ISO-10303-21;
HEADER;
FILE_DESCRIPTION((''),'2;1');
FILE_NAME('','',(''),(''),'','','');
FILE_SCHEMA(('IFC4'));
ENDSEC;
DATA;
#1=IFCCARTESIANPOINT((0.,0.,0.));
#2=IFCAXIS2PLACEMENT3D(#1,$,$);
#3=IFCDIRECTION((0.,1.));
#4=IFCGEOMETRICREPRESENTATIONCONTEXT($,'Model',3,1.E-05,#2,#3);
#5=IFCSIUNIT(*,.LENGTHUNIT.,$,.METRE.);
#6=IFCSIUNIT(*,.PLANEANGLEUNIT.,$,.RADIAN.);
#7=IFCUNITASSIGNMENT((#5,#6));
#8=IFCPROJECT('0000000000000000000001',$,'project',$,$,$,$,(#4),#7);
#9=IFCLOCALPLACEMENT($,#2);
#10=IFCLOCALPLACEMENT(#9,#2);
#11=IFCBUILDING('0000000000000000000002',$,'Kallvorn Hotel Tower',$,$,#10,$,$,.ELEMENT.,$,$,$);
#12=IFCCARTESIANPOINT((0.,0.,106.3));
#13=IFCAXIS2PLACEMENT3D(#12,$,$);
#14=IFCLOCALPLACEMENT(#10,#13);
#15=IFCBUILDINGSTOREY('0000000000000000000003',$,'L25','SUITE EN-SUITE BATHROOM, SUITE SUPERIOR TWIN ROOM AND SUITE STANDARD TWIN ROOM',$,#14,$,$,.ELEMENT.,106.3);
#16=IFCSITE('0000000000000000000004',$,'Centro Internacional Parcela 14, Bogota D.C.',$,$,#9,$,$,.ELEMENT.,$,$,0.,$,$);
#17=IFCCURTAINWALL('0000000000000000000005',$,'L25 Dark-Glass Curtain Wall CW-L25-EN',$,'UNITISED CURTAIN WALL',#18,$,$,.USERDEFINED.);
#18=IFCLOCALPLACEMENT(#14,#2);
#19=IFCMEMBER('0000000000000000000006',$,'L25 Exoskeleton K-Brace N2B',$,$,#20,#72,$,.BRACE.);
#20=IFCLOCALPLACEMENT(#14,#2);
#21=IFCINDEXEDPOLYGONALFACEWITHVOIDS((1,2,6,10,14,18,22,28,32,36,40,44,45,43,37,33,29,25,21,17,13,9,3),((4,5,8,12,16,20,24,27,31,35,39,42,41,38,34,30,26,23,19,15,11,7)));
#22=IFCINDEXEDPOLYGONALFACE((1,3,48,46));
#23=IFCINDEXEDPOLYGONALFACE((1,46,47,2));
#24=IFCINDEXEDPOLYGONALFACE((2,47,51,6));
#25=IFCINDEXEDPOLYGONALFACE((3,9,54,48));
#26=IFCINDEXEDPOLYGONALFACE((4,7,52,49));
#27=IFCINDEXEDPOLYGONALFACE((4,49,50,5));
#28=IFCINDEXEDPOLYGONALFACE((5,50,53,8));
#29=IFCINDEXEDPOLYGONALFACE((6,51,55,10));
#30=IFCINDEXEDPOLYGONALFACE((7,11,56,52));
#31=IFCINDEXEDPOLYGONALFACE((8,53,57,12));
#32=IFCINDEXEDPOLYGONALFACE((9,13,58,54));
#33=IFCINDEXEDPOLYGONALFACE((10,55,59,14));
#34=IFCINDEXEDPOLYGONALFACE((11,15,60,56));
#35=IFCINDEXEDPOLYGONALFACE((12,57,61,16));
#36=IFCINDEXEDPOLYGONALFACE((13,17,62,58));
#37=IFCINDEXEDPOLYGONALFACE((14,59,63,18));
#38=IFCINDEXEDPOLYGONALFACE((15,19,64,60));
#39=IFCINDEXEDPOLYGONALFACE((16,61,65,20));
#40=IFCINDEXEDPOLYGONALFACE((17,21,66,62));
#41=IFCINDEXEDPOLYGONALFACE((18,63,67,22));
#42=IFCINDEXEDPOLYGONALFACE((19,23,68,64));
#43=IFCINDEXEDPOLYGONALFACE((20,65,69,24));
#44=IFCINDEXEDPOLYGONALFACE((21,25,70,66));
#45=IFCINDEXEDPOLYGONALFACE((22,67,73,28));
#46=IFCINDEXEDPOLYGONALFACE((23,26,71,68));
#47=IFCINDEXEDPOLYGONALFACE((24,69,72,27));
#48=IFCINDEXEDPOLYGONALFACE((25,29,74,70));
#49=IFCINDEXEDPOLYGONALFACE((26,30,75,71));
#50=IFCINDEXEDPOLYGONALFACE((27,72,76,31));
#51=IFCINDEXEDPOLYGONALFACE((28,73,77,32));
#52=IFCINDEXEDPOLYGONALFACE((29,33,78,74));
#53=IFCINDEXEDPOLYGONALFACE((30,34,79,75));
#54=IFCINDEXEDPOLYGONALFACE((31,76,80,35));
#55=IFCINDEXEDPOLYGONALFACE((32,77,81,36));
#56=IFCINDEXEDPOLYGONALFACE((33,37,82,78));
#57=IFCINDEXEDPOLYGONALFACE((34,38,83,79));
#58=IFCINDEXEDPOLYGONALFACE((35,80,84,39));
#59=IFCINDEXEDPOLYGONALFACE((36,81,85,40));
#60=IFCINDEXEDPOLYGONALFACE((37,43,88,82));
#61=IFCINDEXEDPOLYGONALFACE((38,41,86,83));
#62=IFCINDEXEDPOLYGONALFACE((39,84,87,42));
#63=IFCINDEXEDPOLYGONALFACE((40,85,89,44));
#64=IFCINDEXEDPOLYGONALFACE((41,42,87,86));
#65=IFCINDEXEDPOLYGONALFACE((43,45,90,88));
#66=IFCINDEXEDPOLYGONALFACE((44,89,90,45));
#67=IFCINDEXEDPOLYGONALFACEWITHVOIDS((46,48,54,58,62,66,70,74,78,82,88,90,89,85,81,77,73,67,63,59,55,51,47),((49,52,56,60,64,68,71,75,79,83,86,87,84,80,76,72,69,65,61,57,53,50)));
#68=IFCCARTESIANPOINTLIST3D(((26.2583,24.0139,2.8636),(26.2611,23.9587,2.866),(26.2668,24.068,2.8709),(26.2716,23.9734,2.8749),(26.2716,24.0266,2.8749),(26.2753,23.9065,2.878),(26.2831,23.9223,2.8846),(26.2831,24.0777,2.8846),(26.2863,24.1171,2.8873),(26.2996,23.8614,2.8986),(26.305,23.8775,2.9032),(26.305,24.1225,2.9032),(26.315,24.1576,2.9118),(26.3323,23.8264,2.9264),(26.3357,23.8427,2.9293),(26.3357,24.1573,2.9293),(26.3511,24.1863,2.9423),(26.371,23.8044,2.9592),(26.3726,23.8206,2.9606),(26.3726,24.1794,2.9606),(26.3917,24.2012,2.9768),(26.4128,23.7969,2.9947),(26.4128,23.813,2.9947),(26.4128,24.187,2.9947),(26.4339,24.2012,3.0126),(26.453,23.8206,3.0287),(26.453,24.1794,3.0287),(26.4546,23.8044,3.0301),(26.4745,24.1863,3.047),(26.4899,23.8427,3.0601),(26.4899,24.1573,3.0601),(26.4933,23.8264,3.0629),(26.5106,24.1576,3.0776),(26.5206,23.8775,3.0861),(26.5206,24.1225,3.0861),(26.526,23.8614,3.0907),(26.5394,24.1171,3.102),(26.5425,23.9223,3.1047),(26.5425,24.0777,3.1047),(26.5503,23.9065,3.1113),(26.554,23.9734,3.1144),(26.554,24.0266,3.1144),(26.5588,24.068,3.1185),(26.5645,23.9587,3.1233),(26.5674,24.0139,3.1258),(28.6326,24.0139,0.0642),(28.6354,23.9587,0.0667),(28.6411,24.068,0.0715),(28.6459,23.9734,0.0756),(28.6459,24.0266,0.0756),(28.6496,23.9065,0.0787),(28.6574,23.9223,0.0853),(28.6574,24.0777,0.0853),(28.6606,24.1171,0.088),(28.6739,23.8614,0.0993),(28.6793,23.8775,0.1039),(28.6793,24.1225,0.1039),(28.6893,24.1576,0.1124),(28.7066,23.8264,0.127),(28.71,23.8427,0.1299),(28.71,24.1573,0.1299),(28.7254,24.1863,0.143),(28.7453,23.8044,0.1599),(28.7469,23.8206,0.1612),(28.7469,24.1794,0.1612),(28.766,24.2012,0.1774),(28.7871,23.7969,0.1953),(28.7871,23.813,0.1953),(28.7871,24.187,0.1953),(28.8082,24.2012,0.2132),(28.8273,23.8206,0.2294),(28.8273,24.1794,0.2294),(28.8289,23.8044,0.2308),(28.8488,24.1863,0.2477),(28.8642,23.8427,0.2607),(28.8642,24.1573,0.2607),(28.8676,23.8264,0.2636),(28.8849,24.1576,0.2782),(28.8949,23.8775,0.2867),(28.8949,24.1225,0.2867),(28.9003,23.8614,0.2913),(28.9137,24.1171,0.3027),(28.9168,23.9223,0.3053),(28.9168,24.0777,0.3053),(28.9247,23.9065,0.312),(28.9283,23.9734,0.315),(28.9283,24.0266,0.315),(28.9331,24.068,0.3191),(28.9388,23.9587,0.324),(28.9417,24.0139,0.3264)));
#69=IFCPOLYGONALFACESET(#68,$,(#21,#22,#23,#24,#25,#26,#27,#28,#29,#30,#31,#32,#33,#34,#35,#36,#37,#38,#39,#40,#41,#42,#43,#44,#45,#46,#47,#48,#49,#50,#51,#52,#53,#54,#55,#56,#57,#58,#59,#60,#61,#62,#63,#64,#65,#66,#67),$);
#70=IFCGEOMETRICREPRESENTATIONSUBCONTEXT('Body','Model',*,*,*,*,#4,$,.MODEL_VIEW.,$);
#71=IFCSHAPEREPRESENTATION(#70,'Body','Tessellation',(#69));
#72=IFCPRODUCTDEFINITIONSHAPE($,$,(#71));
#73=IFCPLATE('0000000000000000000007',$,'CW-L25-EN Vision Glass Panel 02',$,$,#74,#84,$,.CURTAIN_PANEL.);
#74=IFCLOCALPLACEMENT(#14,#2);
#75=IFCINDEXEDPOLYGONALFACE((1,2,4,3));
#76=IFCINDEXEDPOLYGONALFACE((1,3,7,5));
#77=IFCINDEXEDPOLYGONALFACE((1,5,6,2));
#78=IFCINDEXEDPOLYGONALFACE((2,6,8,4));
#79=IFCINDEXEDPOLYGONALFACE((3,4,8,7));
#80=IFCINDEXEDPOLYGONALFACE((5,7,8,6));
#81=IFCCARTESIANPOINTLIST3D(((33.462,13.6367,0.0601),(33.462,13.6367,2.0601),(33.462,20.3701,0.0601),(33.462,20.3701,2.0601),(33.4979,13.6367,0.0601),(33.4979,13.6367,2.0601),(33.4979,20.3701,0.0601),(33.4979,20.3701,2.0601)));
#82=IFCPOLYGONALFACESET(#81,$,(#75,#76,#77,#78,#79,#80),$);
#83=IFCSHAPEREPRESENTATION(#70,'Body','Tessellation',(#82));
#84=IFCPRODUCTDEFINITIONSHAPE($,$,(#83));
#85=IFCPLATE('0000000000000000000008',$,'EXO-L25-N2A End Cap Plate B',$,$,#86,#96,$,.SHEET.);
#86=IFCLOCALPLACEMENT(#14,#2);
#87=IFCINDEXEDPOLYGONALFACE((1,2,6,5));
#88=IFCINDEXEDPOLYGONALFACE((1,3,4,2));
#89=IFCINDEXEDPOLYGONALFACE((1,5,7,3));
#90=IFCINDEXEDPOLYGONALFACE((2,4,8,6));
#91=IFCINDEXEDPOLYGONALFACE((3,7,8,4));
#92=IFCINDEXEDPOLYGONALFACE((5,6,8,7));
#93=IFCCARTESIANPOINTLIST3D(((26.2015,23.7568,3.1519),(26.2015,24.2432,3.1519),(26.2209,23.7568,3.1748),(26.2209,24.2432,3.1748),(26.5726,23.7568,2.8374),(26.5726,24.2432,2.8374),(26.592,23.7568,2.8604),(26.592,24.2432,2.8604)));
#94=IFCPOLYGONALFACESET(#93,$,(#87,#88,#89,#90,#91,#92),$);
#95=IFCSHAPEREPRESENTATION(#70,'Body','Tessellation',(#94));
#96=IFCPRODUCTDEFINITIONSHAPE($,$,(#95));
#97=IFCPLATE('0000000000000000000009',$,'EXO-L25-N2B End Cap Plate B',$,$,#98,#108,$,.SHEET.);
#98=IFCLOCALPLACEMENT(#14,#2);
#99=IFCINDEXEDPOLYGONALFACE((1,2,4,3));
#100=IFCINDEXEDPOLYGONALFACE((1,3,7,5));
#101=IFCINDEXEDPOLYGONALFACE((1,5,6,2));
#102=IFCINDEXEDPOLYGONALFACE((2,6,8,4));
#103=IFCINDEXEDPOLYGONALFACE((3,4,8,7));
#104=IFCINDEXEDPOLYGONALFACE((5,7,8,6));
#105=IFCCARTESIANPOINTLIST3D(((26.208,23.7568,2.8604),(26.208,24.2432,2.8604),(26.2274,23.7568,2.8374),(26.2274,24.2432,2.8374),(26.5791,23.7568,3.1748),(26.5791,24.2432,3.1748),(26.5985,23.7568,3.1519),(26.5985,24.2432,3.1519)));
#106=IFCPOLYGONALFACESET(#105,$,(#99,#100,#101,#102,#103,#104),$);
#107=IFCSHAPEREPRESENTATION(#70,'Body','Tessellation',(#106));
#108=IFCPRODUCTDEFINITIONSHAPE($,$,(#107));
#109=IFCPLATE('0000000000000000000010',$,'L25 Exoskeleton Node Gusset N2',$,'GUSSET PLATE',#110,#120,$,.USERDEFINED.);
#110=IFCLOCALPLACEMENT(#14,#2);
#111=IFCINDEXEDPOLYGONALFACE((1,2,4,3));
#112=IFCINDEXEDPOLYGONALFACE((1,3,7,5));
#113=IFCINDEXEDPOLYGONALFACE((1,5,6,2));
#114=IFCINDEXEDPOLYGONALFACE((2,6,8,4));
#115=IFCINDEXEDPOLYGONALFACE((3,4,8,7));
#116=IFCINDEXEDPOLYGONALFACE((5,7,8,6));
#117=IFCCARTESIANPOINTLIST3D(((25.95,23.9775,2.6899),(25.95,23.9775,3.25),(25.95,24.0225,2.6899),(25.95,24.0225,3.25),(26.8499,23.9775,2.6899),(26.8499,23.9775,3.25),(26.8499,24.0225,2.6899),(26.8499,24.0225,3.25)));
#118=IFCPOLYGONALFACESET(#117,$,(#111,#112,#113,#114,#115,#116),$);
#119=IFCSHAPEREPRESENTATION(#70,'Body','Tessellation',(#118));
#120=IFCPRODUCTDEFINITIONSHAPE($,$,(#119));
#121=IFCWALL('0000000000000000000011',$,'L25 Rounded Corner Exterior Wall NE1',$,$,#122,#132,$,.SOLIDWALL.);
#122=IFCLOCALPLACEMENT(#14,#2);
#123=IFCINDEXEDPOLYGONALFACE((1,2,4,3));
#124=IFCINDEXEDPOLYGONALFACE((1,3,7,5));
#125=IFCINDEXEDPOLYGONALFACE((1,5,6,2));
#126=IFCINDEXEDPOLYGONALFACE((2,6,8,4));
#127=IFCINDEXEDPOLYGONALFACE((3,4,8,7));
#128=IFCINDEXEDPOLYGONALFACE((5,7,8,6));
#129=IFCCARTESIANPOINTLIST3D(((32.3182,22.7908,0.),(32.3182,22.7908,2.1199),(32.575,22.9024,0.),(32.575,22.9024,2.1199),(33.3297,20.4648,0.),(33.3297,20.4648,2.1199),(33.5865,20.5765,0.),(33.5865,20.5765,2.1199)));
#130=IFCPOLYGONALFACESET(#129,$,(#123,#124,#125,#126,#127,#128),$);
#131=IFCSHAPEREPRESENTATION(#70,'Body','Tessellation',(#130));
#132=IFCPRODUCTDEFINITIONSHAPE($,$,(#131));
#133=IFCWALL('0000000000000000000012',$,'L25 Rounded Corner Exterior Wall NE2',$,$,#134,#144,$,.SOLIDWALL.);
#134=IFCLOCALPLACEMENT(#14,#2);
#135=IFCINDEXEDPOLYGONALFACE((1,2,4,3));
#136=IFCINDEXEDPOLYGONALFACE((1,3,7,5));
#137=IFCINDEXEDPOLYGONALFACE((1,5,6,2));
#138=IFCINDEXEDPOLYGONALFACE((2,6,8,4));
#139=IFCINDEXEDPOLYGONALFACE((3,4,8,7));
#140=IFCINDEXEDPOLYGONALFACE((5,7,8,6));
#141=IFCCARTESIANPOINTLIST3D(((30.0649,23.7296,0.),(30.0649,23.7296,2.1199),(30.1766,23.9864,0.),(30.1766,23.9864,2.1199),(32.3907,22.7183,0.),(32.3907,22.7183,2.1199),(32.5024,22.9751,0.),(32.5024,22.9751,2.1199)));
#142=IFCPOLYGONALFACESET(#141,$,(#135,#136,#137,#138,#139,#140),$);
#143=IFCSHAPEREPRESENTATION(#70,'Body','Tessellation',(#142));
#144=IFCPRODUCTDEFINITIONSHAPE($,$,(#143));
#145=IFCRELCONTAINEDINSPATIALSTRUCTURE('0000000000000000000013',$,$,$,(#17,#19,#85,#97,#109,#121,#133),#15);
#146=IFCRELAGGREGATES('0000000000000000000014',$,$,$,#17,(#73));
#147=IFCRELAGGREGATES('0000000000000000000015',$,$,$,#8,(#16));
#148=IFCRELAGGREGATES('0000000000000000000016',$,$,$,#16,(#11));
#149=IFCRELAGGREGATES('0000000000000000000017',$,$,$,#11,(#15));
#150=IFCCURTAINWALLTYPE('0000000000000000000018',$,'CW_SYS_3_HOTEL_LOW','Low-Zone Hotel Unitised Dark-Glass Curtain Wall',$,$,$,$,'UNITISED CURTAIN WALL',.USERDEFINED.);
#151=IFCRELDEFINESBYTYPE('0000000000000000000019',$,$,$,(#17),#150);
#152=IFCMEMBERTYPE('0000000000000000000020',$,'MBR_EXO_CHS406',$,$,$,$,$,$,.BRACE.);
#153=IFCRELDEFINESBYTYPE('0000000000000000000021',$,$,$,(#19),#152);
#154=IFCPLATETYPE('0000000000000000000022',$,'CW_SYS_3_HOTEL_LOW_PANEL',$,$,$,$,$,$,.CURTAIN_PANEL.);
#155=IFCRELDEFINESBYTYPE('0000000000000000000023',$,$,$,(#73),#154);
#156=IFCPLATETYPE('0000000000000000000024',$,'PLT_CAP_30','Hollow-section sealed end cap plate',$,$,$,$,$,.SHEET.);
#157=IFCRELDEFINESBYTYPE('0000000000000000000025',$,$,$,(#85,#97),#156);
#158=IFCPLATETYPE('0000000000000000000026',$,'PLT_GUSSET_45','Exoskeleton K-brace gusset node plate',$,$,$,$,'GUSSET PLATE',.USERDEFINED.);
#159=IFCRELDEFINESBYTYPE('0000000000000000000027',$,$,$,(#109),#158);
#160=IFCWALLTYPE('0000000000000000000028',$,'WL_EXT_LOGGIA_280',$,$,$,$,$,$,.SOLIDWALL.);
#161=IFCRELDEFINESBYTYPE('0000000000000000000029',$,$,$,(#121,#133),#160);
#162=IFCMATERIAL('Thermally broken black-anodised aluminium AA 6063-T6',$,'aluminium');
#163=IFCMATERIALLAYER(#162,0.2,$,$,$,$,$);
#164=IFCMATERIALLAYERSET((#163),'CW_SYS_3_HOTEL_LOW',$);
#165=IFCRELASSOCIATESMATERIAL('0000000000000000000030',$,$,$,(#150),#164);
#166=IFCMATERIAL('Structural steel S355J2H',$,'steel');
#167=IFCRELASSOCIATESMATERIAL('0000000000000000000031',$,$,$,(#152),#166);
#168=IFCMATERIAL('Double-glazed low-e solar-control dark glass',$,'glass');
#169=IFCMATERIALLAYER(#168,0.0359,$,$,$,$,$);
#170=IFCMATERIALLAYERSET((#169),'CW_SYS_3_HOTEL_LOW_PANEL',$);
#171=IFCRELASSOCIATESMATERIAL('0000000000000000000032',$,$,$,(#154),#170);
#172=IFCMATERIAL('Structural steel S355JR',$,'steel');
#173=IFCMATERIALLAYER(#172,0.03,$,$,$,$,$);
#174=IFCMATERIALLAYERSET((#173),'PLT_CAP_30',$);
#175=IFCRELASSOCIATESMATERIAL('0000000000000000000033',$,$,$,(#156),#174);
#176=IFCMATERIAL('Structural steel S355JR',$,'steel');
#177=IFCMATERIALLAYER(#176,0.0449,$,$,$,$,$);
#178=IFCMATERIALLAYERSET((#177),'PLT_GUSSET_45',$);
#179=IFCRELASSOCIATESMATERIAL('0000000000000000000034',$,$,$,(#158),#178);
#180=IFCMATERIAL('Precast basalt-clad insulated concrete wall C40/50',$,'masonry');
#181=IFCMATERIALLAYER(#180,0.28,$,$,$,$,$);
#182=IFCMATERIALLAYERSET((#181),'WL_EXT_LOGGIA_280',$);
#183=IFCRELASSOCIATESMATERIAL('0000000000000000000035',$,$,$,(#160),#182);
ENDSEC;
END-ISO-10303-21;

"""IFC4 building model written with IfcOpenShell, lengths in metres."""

from ifc_helpers import new_model, si_unit, direction, frame, frame_2d, origin, origin_2d, place, context, subcontext, project, spatial, polyline, rectangle, hollow_circle, outline, extrude, material, layer, layer_set, material_profile, profile_set, type_object, element, aggregate, save


model = new_model("IFC4")

# Units and contexts
model_context = context("Model", 3, precision=1e-05, world=origin(), true_north=direction((0.0, 1.0)))
body_context = subcontext(model_context, "Body", "Model", "MODEL_VIEW")
ifc_project = project(units=[si_unit("LENGTHUNIT", "METRE"), si_unit("PLANEANGLEUNIT", "RADIAN")], contexts=[model_context])

# Site, building, storey
site_placement = place(None, origin())
site = spatial("IfcSite", under=ifc_project, at=site_placement, Name="Centro Internacional Parcela 14, Bogota D.C.", CompositionType="ELEMENT", RefElevation=0.0)
building_placement = place(site_placement, origin())
building = spatial("IfcBuilding", under=site, at=building_placement, Name="Kallvorn Hotel Tower", CompositionType="ELEMENT")
storey_placement = place(building_placement, frame((0.0, 0.0, 106.3)))
storey = spatial("IfcBuildingStorey", under=building, at=storey_placement, Name="L25", Description="SUITE EN-SUITE BATHROOM, SUITE SUPERIOR TWIN ROOM AND SUITE STANDARD TWIN ROOM", CompositionType="ELEMENT", Elevation=106.3)

# Curtain wall
ifc_material_1 = material(Name="Thermally broken black-anodised aluminium AA 6063-T6", Category="aluminium")
ifc_layer_1 = layer(ifc_material_1, 0.2)
ifc_layer_set_1 = layer_set([ifc_layer_1], Name="CW_SYS_3_HOTEL_LOW")
curtain_wall_type = type_object("IfcCurtainWallType", Name="CW_SYS_3_HOTEL_LOW", Description="Low-Zone Hotel Unitised Dark-Glass Curtain Wall", ElementType="UNITISED CURTAIN WALL", PredefinedType="USERDEFINED", material=ifc_layer_set_1)
curtain_wall_placement = place(storey_placement, origin())
curtain_wall = element("IfcCurtainWall", 1, at=curtain_wall_placement, inside=storey, type_object=curtain_wall_type, Name="L25 Dark-Glass Curtain Wall CW-L25-EN", ObjectType="UNITISED CURTAIN WALL", PredefinedType="USERDEFINED")

# Member
ifc_material_2 = material(Name="Structural steel S355J2H", Category="steel")
ifc_material_profile_1 = material_profile(ifc_material_2, hollow_circle(Radius=0.2031, WallThickness=0.0161, at=origin_2d()), Name="CHS 406.4x16")
ifc_profile_set_1 = profile_set([ifc_material_profile_1], Name="Structural steel S355J2H")
member_type_1 = type_object("IfcMemberType", Name="MBR_EXO_CHS406", PredefinedType="BRACE", material=ifc_profile_set_1)
for number, where, z_axis, x_axis, name in (
    (2, (28.7871, 24.0, 0.1953), (-0.646833, 0.0, 0.762631), (0.0, -1.0, 0.0), "L25 Exoskeleton K-Brace N2B"),
):
    element("IfcMember", number, at=place(storey_placement, frame(where, z_axis=z_axis, x_axis=x_axis)), inside=storey, type_object=member_type_1, Name=name, PredefinedType="BRACE", context=body_context, shape_type="SweptSolid", body=[
        extrude(hollow_circle(Radius=0.2031, WallThickness=0.0161, at=origin_2d()), origin(), (0.0, 0.0, 1.0), 3.6707),
    ])

# Plate
ifc_material_3 = material(Name="Double-glazed low-e solar-control dark glass", Category="glass")
ifc_layer_2 = layer(ifc_material_3, 0.0359)
ifc_layer_set_2 = layer_set([ifc_layer_2], Name="CW_SYS_3_HOTEL_LOW_PANEL")
plate_type_1 = type_object("IfcPlateType", Name="CW_SYS_3_HOTEL_LOW_PANEL", PredefinedType="CURTAIN_PANEL", material=ifc_layer_set_2)
plate_1_placement = place(storey_placement, frame((33.48, 17.0034, 0.0601), z_axis=(0.0, 0.0, 1.0), x_axis=(0.0, 1.0, 0.0)))
plate_1 = element("IfcPlate", 3, at=plate_1_placement, type_object=plate_type_1, Name="CW-L25-EN Vision Glass Panel 02", PredefinedType="CURTAIN_PANEL", context=body_context, shape_type="SweptSolid", body=[
    extrude(rectangle(XDim=6.7334, YDim=0.0359, at=origin_2d()), origin(), (0.0, 0.0, 1.0), 2.0),
])
aggregate(curtain_wall, [plate_1])

# Plates
ifc_material_4 = material(Name="Structural steel S355JR", Category="steel")
ifc_layer_3 = layer(ifc_material_4, 0.03)
ifc_layer_set_3 = layer_set([ifc_layer_3], Name="PLT_CAP_30")
plate_type_2 = type_object("IfcPlateType", Name="PLT_CAP_30", Description="Hollow-section sealed end cap plate", PredefinedType="SHEET", material=ifc_layer_set_3)
for number, where, z_axis, x_axis, name in (
    (4, (26.592, 23.7568, 2.8604), (0.646482, 0.0, 0.762929), (0.0, 1.0, 0.0), "EXO-L25-N2A End Cap Plate B"),
    (5, (26.208, 24.2432, 2.8604), (-0.646482, 0.0, 0.762929), (0.0, -1.0, 0.0), "EXO-L25-N2B End Cap Plate B"),
):
    element("IfcPlate", number, at=place(storey_placement, frame(where, z_axis=z_axis, x_axis=x_axis)), inside=storey, type_object=plate_type_2, Name=name, PredefinedType="SHEET", context=body_context, shape_type="SweptSolid", body=[
        extrude(outline(polyline([(0.0, 0.0), (0.4863, 0.0), (0.4863, 0.4864), (0.0, 0.4864), (0.0, 0.0)])), origin(), (0.0, 0.0, -1.0), 0.03),
    ])
ifc_material_5 = material(Name="Structural steel S355JR", Category="steel")
ifc_layer_4 = layer(ifc_material_5, 0.0449)
ifc_layer_set_4 = layer_set([ifc_layer_4], Name="PLT_GUSSET_45")
plate_type_3 = type_object("IfcPlateType", Name="PLT_GUSSET_45", Description="Exoskeleton K-brace gusset node plate", ElementType="GUSSET PLATE", PredefinedType="USERDEFINED", material=ifc_layer_set_4)
plate_2_placement = place(storey_placement, frame((26.3999, 24.0, 2.6899), z_axis=(0.0, 0.0, 1.0), x_axis=(1.0, 0.0, 0.0)))
element("IfcPlate", 6, at=plate_2_placement, inside=storey, type_object=plate_type_3, Name="L25 Exoskeleton Node Gusset N2", ObjectType="GUSSET PLATE", PredefinedType="USERDEFINED", context=body_context, shape_type="SweptSolid", body=[
    extrude(rectangle(XDim=0.8999, YDim=0.0449, at=origin_2d()), origin(), (0.0, 0.0, 1.0), 0.5601),
])

# Walls
ifc_material_6 = material(Name="Precast basalt-clad insulated concrete wall C40/50", Category="masonry")
ifc_layer_5 = layer(ifc_material_6, 0.28)
ifc_layer_set_5 = layer_set([ifc_layer_5], Name="WL_EXT_LOGGIA_280")
wall_type = type_object("IfcWallType", Name="WL_EXT_LOGGIA_280", PredefinedType="SOLIDWALL", material=ifc_layer_set_5)
wall_1_placement = place(storey_placement, frame((33.458, 20.5208, 0.0), z_axis=(0.0, 0.0, 1.0), x_axis=(-0.398793, 0.917041, 0.0)))
element("IfcWall", 7, at=wall_1_placement, inside=storey, type_object=wall_type, Name="L25 Rounded Corner Exterior Wall NE1", PredefinedType="SOLIDWALL", context=body_context, shape_type="SweptSolid", body=[
    extrude(rectangle(XDim=2.5364, YDim=0.28, at=frame_2d((1.2681, 0.0))), origin(), (0.0, 0.0, 1.0), 2.1199),
])
wall_2_placement = place(storey_placement, frame((32.4465, 22.8467, 0.0), z_axis=(0.0, 0.0, 1.0), x_axis=(-0.917061, 0.398747, 0.0)))
element("IfcWall", 8, at=wall_2_placement, inside=storey, type_object=wall_type, Name="L25 Rounded Corner Exterior Wall NE2", PredefinedType="SOLIDWALL", context=body_context, shape_type="SweptSolid", body=[
    extrude(rectangle(XDim=2.5361, YDim=0.28, at=frame_2d((1.2681, 0.0))), origin(), (0.0, 0.0, 1.0), 2.1199),
])

save(model, "model.ifc")
